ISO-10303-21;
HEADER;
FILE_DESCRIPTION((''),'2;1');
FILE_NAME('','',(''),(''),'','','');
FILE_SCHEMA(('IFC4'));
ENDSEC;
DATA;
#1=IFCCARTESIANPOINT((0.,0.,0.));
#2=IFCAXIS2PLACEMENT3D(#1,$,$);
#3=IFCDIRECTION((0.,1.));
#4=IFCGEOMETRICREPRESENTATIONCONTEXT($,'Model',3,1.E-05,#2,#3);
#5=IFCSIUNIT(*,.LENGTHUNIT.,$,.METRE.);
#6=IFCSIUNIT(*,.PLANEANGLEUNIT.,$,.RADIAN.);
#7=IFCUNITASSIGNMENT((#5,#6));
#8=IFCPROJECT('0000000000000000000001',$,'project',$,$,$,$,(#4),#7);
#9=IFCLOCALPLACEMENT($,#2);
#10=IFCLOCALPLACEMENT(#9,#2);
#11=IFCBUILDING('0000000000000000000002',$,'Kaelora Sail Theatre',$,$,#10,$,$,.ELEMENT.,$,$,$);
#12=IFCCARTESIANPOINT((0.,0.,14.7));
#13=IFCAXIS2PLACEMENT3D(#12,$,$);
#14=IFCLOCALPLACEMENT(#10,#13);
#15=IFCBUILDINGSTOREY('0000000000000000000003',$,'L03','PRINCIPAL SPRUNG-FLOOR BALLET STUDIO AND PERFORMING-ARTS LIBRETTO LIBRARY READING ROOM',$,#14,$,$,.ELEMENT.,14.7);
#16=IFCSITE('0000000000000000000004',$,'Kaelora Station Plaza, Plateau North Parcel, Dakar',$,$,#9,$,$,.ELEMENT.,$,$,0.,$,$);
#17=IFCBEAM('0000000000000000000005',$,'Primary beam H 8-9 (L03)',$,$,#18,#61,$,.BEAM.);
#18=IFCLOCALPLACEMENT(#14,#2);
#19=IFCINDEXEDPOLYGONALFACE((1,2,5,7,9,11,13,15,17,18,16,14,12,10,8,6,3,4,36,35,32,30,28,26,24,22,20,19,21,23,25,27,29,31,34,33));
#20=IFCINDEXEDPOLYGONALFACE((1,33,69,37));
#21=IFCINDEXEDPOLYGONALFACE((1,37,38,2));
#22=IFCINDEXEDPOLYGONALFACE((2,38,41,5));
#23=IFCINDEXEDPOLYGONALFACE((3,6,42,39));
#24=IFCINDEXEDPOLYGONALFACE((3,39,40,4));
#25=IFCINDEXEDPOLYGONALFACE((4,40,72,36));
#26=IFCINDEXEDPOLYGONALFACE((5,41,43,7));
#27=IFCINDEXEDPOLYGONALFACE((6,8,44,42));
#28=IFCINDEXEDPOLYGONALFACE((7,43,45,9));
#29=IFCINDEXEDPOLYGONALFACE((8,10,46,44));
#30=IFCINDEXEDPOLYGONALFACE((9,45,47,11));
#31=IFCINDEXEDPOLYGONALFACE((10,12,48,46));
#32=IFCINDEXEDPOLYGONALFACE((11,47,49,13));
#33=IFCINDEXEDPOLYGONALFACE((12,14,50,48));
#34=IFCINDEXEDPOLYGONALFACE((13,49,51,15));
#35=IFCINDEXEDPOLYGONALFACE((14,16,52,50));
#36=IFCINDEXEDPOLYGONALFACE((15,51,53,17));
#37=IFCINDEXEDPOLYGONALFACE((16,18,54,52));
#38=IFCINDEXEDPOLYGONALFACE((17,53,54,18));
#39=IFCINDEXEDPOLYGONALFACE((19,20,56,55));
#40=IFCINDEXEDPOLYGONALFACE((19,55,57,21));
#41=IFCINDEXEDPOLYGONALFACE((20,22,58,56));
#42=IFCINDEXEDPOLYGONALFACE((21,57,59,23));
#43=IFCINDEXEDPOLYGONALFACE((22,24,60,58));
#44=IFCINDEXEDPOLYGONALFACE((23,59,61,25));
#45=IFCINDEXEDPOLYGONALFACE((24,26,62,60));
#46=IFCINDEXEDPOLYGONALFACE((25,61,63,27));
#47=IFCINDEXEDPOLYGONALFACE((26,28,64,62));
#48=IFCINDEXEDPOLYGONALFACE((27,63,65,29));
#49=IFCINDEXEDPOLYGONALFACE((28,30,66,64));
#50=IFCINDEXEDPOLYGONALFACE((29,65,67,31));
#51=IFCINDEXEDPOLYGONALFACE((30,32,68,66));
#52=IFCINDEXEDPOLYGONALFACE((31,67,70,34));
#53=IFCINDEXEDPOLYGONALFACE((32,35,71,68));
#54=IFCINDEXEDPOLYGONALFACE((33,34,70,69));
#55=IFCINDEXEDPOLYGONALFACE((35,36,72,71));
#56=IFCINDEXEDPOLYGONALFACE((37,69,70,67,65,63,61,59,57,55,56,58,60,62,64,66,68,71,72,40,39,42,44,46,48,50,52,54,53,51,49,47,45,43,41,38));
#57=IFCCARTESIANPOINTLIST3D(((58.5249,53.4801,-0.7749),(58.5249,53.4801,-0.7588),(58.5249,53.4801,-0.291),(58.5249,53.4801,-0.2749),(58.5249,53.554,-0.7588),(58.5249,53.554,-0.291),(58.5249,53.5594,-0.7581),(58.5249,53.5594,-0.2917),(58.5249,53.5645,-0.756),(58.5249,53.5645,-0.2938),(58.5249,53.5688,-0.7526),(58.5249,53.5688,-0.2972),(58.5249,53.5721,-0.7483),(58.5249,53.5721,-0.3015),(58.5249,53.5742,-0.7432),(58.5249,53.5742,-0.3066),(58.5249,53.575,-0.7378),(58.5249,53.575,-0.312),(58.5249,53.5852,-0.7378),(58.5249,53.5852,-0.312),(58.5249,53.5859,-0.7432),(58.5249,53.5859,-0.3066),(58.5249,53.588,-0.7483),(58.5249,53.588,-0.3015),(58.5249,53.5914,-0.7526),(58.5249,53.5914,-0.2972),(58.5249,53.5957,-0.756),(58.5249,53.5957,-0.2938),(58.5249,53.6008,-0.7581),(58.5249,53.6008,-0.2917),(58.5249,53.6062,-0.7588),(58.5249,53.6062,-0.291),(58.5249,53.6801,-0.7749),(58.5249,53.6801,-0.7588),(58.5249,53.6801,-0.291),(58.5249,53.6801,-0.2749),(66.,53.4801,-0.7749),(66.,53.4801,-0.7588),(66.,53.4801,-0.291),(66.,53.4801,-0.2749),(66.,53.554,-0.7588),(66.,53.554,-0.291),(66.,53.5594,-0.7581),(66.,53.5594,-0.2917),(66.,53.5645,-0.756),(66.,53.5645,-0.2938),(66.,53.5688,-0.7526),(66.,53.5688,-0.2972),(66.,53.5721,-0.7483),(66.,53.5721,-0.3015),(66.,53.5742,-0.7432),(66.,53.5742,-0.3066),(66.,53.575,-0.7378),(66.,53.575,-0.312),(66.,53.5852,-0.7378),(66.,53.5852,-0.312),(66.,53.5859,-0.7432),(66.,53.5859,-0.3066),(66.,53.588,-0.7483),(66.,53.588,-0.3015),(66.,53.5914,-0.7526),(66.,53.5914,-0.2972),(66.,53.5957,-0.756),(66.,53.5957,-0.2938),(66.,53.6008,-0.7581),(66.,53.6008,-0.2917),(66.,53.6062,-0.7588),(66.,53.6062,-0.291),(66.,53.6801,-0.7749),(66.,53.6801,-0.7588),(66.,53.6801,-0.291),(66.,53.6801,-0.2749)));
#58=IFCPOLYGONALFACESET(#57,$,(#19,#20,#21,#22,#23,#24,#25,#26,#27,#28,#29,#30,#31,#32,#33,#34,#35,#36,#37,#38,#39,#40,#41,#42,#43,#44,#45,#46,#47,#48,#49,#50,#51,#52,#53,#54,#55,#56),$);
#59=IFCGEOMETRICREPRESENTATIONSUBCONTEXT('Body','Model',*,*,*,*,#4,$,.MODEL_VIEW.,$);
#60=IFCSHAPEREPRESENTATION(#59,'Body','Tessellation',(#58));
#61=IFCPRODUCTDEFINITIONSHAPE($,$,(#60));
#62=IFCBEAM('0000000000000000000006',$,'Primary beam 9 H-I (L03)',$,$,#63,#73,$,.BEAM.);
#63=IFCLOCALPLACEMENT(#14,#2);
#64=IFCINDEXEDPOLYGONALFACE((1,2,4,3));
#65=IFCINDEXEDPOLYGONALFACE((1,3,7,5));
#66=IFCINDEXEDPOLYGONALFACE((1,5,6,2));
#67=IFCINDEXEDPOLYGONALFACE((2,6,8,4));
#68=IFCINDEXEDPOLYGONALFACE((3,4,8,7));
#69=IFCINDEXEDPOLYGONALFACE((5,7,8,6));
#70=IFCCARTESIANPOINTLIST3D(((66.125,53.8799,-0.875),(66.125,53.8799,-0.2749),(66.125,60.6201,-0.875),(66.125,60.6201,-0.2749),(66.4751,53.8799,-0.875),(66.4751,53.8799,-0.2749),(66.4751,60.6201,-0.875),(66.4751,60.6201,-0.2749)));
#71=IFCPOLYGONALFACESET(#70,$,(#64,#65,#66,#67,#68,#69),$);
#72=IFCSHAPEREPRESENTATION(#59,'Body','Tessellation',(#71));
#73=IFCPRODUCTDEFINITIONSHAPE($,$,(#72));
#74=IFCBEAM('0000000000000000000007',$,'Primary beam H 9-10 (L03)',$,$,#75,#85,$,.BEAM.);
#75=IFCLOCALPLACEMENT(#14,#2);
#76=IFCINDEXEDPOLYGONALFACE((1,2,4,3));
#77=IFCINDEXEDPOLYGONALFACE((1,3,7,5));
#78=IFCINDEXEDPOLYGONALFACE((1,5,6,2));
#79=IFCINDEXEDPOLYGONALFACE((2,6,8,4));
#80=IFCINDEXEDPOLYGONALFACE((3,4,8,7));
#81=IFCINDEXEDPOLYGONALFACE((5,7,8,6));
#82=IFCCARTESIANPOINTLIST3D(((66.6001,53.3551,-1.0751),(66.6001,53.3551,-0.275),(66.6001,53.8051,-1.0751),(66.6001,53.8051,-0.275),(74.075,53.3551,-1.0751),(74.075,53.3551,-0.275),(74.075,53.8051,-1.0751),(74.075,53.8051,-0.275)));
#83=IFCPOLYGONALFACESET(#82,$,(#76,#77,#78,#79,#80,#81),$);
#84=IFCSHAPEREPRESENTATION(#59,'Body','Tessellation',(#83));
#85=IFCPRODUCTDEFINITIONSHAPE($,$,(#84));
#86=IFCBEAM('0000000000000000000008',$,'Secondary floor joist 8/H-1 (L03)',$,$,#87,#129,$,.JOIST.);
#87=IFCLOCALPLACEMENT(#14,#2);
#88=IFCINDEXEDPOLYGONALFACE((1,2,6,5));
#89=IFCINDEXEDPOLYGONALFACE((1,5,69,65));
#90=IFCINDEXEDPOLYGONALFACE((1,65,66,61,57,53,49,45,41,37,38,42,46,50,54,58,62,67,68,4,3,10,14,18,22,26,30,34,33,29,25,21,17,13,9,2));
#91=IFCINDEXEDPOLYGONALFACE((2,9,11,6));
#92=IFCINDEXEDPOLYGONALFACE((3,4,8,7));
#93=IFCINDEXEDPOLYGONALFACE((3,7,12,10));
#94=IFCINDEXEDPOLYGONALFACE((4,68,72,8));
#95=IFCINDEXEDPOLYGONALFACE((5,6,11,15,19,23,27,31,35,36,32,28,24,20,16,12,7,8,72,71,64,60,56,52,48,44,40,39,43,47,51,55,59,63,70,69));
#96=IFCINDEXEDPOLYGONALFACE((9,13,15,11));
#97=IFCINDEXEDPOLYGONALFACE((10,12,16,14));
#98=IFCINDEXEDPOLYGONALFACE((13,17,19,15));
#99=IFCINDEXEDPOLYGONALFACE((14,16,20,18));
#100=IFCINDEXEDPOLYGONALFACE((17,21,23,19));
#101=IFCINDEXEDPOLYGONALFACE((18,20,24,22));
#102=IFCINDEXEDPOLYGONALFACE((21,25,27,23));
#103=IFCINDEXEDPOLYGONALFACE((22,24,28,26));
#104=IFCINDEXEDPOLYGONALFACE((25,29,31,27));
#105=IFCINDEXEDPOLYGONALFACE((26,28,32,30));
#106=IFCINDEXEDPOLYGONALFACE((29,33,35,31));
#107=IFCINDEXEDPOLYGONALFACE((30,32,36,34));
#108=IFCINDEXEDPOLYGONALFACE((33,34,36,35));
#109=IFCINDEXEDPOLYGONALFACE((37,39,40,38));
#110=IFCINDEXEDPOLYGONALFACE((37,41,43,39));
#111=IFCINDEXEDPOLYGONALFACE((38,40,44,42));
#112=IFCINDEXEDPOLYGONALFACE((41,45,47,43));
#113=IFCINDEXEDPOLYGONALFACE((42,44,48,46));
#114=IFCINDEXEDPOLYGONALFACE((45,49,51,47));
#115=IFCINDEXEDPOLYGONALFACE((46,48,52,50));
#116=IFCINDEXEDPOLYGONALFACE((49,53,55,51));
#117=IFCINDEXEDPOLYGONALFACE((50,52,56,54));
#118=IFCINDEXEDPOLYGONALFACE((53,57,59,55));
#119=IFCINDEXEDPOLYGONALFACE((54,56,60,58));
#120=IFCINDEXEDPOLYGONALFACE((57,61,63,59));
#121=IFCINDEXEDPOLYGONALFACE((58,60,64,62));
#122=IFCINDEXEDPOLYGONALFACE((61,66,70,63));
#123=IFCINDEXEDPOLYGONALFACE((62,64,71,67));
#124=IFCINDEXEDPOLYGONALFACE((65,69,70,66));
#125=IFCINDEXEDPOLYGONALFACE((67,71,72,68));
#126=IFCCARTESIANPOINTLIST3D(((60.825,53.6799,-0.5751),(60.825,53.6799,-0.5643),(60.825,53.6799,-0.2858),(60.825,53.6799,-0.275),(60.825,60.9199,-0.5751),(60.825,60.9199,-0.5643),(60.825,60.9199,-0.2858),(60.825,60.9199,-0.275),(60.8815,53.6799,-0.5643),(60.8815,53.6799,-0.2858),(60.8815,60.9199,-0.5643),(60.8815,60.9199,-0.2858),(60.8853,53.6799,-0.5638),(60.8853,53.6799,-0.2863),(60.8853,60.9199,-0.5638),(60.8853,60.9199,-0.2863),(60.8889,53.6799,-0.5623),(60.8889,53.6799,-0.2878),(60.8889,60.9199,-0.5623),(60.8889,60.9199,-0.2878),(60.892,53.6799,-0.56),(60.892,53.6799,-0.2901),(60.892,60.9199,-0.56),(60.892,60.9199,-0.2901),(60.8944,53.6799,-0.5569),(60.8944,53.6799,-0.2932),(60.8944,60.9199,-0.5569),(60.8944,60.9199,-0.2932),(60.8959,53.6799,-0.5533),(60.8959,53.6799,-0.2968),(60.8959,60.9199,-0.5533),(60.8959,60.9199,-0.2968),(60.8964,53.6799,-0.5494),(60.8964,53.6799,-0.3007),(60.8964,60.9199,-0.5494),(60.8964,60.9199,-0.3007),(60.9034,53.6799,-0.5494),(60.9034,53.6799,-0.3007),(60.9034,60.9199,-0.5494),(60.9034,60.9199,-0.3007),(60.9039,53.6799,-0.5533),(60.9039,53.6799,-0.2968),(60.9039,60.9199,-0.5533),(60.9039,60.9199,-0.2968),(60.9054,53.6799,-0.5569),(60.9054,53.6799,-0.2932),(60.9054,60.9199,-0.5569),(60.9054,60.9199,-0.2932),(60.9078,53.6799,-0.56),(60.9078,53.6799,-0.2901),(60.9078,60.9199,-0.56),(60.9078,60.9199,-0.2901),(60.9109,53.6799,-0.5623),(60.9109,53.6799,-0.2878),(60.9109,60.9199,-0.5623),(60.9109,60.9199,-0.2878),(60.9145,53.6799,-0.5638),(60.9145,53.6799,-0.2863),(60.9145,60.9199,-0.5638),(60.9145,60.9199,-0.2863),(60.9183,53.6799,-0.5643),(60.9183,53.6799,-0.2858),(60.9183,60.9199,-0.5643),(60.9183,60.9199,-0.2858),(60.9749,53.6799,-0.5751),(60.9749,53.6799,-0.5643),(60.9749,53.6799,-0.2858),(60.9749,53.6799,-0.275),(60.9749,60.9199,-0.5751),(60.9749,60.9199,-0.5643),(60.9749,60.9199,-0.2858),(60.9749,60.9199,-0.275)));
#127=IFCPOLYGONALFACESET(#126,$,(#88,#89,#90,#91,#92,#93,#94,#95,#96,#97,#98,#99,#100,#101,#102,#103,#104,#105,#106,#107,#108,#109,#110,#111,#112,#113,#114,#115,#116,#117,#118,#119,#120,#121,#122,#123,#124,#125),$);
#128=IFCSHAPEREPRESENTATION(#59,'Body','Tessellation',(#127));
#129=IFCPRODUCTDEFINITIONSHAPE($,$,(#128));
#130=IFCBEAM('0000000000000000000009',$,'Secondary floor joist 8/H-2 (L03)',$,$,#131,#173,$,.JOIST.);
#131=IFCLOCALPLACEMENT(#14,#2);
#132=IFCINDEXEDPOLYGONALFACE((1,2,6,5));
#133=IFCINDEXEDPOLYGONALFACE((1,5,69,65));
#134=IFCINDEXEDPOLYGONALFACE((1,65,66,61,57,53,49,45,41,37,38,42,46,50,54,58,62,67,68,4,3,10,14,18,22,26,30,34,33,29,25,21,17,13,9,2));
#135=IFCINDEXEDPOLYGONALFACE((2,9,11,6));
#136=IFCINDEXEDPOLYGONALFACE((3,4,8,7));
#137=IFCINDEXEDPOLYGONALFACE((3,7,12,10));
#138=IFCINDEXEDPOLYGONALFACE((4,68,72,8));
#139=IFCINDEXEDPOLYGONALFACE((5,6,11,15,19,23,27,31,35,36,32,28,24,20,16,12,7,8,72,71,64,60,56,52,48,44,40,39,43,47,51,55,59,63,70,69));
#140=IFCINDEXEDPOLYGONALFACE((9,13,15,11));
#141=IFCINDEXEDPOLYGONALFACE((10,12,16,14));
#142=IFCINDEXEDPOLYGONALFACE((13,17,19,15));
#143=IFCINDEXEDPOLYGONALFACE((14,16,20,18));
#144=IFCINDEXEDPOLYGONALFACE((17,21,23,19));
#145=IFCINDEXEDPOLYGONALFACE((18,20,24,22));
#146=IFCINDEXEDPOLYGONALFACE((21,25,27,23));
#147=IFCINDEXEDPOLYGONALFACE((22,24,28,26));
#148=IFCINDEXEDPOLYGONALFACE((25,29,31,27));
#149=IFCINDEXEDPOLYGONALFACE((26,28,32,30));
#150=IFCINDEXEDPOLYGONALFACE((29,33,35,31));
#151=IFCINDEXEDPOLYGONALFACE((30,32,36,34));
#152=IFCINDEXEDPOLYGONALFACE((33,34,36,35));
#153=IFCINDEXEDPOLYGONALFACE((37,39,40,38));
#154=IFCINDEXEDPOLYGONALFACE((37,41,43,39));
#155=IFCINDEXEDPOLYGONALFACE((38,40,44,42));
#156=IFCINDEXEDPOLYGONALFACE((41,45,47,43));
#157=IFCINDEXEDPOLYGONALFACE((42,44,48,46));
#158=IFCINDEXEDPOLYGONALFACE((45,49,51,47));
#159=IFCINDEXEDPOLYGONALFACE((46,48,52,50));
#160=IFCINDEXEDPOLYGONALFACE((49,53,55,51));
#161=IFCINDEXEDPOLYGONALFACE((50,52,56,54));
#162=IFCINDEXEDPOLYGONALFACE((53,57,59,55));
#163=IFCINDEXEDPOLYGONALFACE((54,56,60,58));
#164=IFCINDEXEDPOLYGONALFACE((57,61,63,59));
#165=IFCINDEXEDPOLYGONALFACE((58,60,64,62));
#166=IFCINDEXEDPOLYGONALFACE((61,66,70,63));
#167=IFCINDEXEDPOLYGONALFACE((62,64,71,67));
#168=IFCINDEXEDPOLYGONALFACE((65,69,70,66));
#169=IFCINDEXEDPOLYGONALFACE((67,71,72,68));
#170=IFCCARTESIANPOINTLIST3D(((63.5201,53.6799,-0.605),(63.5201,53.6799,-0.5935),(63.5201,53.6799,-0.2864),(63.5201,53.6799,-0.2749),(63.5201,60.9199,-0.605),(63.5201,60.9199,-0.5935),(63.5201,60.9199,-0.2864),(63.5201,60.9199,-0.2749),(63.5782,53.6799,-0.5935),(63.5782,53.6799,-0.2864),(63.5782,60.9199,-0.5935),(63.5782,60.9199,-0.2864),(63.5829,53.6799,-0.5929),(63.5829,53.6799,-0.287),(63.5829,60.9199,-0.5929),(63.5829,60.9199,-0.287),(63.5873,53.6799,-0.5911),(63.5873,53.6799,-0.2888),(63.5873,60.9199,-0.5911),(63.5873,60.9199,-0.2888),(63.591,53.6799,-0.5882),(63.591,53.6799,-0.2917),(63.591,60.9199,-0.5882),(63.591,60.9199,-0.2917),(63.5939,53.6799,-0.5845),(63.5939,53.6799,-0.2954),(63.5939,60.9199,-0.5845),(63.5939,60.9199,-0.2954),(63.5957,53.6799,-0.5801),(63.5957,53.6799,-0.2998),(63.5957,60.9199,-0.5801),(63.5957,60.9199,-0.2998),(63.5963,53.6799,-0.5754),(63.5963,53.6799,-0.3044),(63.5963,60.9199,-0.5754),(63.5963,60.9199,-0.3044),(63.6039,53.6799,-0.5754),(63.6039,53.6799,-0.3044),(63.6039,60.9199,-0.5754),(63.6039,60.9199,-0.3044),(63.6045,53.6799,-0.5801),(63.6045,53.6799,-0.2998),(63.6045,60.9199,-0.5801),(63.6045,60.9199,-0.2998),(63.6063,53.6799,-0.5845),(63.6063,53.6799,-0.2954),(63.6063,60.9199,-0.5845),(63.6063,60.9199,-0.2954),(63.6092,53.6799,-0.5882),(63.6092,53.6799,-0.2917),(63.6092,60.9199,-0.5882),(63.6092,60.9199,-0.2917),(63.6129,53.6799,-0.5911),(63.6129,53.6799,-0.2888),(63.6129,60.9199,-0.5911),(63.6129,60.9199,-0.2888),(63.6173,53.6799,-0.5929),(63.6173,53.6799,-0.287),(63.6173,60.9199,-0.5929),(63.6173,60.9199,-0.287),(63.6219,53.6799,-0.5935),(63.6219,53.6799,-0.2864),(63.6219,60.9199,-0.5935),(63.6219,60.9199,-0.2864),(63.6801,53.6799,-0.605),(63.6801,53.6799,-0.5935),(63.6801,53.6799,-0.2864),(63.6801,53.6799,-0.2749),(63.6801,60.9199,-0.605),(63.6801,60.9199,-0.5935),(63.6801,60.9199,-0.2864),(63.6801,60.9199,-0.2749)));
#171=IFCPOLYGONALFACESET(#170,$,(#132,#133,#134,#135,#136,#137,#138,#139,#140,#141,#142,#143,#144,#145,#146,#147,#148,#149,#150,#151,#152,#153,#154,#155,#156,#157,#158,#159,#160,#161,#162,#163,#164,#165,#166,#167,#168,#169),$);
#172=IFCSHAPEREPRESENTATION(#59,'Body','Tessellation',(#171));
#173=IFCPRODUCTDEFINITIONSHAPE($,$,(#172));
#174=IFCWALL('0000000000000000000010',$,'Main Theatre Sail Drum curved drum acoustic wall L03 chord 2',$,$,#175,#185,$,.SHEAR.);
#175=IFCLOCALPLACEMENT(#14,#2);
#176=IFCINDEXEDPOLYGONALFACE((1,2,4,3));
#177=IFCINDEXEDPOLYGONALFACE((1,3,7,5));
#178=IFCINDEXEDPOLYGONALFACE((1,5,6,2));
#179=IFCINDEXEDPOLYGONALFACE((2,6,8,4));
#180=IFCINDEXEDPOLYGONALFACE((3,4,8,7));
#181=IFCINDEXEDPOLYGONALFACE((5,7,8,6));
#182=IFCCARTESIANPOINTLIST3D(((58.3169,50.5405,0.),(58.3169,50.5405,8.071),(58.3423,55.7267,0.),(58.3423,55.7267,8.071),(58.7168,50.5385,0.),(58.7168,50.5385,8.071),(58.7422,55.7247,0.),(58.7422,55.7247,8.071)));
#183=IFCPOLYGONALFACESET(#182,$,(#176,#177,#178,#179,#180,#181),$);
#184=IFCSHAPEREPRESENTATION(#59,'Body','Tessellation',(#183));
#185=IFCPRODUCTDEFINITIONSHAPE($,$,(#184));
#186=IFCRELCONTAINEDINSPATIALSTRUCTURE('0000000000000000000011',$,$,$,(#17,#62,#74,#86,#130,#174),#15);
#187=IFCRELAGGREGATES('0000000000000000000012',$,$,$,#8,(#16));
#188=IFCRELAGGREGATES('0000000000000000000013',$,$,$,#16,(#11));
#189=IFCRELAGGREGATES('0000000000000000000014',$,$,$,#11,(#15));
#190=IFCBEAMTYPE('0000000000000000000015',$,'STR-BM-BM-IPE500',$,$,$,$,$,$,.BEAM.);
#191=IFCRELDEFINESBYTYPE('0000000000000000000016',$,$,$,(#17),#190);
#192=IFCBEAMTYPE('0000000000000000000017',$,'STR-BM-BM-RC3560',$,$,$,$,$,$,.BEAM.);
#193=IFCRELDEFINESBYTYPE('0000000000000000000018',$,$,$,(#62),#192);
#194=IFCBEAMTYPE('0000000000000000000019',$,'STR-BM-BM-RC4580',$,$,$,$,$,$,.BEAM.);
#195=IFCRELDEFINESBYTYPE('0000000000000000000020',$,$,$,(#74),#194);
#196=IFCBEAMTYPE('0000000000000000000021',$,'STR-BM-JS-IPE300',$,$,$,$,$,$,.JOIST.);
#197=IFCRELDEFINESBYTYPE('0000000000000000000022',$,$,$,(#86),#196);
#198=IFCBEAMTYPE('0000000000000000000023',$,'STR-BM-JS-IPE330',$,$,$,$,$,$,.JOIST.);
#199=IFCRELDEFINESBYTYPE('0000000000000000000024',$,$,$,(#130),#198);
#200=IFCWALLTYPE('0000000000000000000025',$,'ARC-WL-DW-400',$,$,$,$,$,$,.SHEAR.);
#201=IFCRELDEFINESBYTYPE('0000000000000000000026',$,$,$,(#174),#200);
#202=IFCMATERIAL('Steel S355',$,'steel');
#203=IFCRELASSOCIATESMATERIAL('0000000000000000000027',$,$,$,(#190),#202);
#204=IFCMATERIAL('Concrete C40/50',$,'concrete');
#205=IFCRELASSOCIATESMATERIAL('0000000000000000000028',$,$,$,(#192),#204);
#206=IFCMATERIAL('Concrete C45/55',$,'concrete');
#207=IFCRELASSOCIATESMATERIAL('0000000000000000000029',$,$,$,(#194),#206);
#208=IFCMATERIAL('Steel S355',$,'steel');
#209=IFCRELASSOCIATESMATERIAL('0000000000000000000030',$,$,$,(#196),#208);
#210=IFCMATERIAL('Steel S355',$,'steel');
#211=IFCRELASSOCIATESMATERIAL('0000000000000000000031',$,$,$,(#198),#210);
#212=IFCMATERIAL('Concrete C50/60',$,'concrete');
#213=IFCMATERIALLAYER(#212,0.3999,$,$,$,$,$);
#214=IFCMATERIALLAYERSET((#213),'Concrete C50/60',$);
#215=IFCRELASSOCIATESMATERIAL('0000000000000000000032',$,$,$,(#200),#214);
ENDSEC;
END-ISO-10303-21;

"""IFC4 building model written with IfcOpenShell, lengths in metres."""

from ifc_helpers import new_model, si_unit, direction, frame, frame_2d, origin, origin_2d, place, context, subcontext, project, spatial, rectangle, i_section, extrude, material, layer, layer_set, material_profile, profile_set, type_object, element, save


model = new_model("IFC4")

# Units and contexts
model_context = context("Model", 3, precision=1e-05, world=origin(), true_north=direction((0.0, 1.0)))
body_context = subcontext(model_context, "Body", "Model", "MODEL_VIEW")
ifc_project = project(units=[si_unit("LENGTHUNIT", "METRE"), si_unit("PLANEANGLEUNIT", "RADIAN")], contexts=[model_context])

# Site, building, storey
site_placement = place(None, origin())
site = spatial("IfcSite", under=ifc_project, at=site_placement, Name="Kaelora Station Plaza, Plateau North Parcel, Dakar", CompositionType="ELEMENT", RefElevation=0.0)
building_placement = place(site_placement, origin())
building = spatial("IfcBuilding", under=site, at=building_placement, Name="Kaelora Sail Theatre", CompositionType="ELEMENT")
storey_placement = place(building_placement, frame((0.0, 0.0, 14.7)))
storey = spatial("IfcBuildingStorey", under=building, at=storey_placement, Name="L03", Description="PRINCIPAL SPRUNG-FLOOR BALLET STUDIO AND PERFORMING-ARTS LIBRETTO LIBRARY READING ROOM", CompositionType="ELEMENT", Elevation=14.7)

# Beams
ifc_material_1 = material(Name="Steel S355", Category="steel")
ifc_material_profile_1 = material_profile(ifc_material_1, i_section(OverallWidth=0.2, OverallDepth=0.5, WebThickness=0.0103, FlangeThickness=0.0161, FilletRadius=0.021, at=origin_2d()), Name="IPE 500")
ifc_profile_set_1 = profile_set([ifc_material_profile_1], Name="Steel S355")
beam_type_1 = type_object("IfcBeamType", Name="STR-BM-BM-IPE500", PredefinedType="BEAM", material=ifc_profile_set_1)
beam_1_placement = place(storey_placement, frame((58.5249, 53.5801, -0.5249), z_axis=(1.0, 0.0, 0.0), x_axis=(0.0, 1.0, 0.0)))
element("IfcBeam", 1, at=beam_1_placement, inside=storey, type_object=beam_type_1, Name="Primary beam H 8-9 (L03)", PredefinedType="BEAM", context=body_context, shape_type="SweptSolid", body=[
    extrude(i_section(OverallWidth=0.2, OverallDepth=0.5, WebThickness=0.0103, FlangeThickness=0.0161, FilletRadius=0.021, at=origin_2d()), origin(), (0.0, 0.0, 1.0), 7.4751),
])
ifc_material_2 = material(Name="Concrete C40/50", Category="concrete")
ifc_material_profile_2 = material_profile(ifc_material_2, rectangle(XDim=0.3501, YDim=0.6001, at=origin_2d()), Name="RC-BM 350x600")
ifc_profile_set_2 = profile_set([ifc_material_profile_2], Name="Concrete C40/50")
beam_type_2 = type_object("IfcBeamType", Name="STR-BM-BM-RC3560", PredefinedType="BEAM", material=ifc_profile_set_2)
beam_2_placement = place(storey_placement, frame((66.3, 53.8799, -0.575), z_axis=(0.0, 1.0, 0.0), x_axis=(-1.0, 0.0, 0.0)))
element("IfcBeam", 2, at=beam_2_placement, inside=storey, type_object=beam_type_2, Name="Primary beam 9 H-I (L03)", PredefinedType="BEAM", context=body_context, shape_type="SweptSolid", body=[
    extrude(rectangle(XDim=0.3501, YDim=0.6001, at=origin_2d()), origin(), (0.0, 0.0, 1.0), 6.7402),
])
ifc_material_3 = material(Name="Concrete C45/55", Category="concrete")
ifc_material_profile_3 = material_profile(ifc_material_3, rectangle(XDim=0.45, YDim=0.8, at=origin_2d()), Name="RC-BM 450x800")
ifc_profile_set_3 = profile_set([ifc_material_profile_3], Name="Concrete C45/55")
beam_type_3 = type_object("IfcBeamType", Name="STR-BM-BM-RC4580", PredefinedType="BEAM", material=ifc_profile_set_3)
beam_3_placement = place(storey_placement, frame((66.6001, 53.5801, -0.675), z_axis=(1.0, 0.0, 0.0), x_axis=(0.0, 1.0, 0.0)))
element("IfcBeam", 3, at=beam_3_placement, inside=storey, type_object=beam_type_3, Name="Primary beam H 9-10 (L03)", PredefinedType="BEAM", context=body_context, shape_type="SweptSolid", body=[
    extrude(rectangle(XDim=0.45, YDim=0.8, at=origin_2d()), origin(), (0.0, 0.0, 1.0), 7.4749),
])
ifc_material_4 = material(Name="Steel S355", Category="steel")
ifc_material_profile_4 = material_profile(ifc_material_4, i_section(OverallWidth=0.1499, OverallDepth=0.3, WebThickness=0.0071, FlangeThickness=0.0107, FilletRadius=0.0149, at=origin_2d()), Name="IPE 300")
ifc_profile_set_4 = profile_set([ifc_material_profile_4], Name="Steel S355")
beam_type_4 = type_object("IfcBeamType", Name="STR-BM-JS-IPE300", PredefinedType="JOIST", material=ifc_profile_set_4)
beam_4_placement = place(storey_placement, frame((60.8999, 53.6799, -0.425), z_axis=(0.0, 1.0, 0.0), x_axis=(-1.0, 0.0, 0.0)))
element("IfcBeam", 4, at=beam_4_placement, inside=storey, type_object=beam_type_4, Name="Secondary floor joist 8/H-1 (L03)", PredefinedType="JOIST", context=body_context, shape_type="SweptSolid", body=[
    extrude(i_section(OverallWidth=0.1499, OverallDepth=0.3, WebThickness=0.0071, FlangeThickness=0.0107, FilletRadius=0.0149, at=origin_2d()), origin(), (0.0, 0.0, 1.0), 7.24),
])
ifc_material_5 = material(Name="Steel S355", Category="steel")
ifc_material_profile_5 = material_profile(ifc_material_5, i_section(OverallWidth=0.1599, OverallDepth=0.3301, WebThickness=0.0076, FlangeThickness=0.0115, FilletRadius=0.0181, at=origin_2d()), Name="IPE 330")
ifc_profile_set_5 = profile_set([ifc_material_profile_5], Name="Steel S355")
beam_type_5 = type_object("IfcBeamType", Name="STR-BM-JS-IPE330", PredefinedType="JOIST", material=ifc_profile_set_5)
beam_5_placement = place(storey_placement, frame((63.6001, 53.6799, -0.4399), z_axis=(0.0, 1.0, 0.0), x_axis=(-1.0, 0.0, 0.0)))
element("IfcBeam", 5, at=beam_5_placement, inside=storey, type_object=beam_type_5, Name="Secondary floor joist 8/H-2 (L03)", PredefinedType="JOIST", context=body_context, shape_type="SweptSolid", body=[
    extrude(i_section(OverallWidth=0.1599, OverallDepth=0.3301, WebThickness=0.0076, FlangeThickness=0.0115, FilletRadius=0.0181, at=origin_2d()), origin(), (0.0, 0.0, 1.0), 7.24),
])

# Wall
ifc_material_6 = material(Name="Concrete C50/60", Category="concrete")
ifc_layer_1 = layer(ifc_material_6, 0.3999)
ifc_layer_set_1 = layer_set([ifc_layer_1], Name="Concrete C50/60")
wall_type_1 = type_object("IfcWallType", Name="ARC-WL-DW-400", PredefinedType="SHEAR", material=ifc_layer_set_1)
wall_1_placement = place(storey_placement, frame((58.5422, 55.7258, 0.0), z_axis=(0.0, 0.0, 1.0), x_axis=(-0.004896, -0.999988, 0.0)))
element("IfcWall", 6, at=wall_1_placement, inside=storey, type_object=wall_type_1, Name="Main Theatre Sail Drum curved drum acoustic wall L03 chord 2", PredefinedType="SHEAR", context=body_context, shape_type="SweptSolid", body=[
    extrude(rectangle(XDim=5.1863, YDim=0.3999, at=frame_2d((2.5933, 0.0))), origin(), (0.0, 0.0, 1.0), 8.071),
])

save(model, "model.ifc")
